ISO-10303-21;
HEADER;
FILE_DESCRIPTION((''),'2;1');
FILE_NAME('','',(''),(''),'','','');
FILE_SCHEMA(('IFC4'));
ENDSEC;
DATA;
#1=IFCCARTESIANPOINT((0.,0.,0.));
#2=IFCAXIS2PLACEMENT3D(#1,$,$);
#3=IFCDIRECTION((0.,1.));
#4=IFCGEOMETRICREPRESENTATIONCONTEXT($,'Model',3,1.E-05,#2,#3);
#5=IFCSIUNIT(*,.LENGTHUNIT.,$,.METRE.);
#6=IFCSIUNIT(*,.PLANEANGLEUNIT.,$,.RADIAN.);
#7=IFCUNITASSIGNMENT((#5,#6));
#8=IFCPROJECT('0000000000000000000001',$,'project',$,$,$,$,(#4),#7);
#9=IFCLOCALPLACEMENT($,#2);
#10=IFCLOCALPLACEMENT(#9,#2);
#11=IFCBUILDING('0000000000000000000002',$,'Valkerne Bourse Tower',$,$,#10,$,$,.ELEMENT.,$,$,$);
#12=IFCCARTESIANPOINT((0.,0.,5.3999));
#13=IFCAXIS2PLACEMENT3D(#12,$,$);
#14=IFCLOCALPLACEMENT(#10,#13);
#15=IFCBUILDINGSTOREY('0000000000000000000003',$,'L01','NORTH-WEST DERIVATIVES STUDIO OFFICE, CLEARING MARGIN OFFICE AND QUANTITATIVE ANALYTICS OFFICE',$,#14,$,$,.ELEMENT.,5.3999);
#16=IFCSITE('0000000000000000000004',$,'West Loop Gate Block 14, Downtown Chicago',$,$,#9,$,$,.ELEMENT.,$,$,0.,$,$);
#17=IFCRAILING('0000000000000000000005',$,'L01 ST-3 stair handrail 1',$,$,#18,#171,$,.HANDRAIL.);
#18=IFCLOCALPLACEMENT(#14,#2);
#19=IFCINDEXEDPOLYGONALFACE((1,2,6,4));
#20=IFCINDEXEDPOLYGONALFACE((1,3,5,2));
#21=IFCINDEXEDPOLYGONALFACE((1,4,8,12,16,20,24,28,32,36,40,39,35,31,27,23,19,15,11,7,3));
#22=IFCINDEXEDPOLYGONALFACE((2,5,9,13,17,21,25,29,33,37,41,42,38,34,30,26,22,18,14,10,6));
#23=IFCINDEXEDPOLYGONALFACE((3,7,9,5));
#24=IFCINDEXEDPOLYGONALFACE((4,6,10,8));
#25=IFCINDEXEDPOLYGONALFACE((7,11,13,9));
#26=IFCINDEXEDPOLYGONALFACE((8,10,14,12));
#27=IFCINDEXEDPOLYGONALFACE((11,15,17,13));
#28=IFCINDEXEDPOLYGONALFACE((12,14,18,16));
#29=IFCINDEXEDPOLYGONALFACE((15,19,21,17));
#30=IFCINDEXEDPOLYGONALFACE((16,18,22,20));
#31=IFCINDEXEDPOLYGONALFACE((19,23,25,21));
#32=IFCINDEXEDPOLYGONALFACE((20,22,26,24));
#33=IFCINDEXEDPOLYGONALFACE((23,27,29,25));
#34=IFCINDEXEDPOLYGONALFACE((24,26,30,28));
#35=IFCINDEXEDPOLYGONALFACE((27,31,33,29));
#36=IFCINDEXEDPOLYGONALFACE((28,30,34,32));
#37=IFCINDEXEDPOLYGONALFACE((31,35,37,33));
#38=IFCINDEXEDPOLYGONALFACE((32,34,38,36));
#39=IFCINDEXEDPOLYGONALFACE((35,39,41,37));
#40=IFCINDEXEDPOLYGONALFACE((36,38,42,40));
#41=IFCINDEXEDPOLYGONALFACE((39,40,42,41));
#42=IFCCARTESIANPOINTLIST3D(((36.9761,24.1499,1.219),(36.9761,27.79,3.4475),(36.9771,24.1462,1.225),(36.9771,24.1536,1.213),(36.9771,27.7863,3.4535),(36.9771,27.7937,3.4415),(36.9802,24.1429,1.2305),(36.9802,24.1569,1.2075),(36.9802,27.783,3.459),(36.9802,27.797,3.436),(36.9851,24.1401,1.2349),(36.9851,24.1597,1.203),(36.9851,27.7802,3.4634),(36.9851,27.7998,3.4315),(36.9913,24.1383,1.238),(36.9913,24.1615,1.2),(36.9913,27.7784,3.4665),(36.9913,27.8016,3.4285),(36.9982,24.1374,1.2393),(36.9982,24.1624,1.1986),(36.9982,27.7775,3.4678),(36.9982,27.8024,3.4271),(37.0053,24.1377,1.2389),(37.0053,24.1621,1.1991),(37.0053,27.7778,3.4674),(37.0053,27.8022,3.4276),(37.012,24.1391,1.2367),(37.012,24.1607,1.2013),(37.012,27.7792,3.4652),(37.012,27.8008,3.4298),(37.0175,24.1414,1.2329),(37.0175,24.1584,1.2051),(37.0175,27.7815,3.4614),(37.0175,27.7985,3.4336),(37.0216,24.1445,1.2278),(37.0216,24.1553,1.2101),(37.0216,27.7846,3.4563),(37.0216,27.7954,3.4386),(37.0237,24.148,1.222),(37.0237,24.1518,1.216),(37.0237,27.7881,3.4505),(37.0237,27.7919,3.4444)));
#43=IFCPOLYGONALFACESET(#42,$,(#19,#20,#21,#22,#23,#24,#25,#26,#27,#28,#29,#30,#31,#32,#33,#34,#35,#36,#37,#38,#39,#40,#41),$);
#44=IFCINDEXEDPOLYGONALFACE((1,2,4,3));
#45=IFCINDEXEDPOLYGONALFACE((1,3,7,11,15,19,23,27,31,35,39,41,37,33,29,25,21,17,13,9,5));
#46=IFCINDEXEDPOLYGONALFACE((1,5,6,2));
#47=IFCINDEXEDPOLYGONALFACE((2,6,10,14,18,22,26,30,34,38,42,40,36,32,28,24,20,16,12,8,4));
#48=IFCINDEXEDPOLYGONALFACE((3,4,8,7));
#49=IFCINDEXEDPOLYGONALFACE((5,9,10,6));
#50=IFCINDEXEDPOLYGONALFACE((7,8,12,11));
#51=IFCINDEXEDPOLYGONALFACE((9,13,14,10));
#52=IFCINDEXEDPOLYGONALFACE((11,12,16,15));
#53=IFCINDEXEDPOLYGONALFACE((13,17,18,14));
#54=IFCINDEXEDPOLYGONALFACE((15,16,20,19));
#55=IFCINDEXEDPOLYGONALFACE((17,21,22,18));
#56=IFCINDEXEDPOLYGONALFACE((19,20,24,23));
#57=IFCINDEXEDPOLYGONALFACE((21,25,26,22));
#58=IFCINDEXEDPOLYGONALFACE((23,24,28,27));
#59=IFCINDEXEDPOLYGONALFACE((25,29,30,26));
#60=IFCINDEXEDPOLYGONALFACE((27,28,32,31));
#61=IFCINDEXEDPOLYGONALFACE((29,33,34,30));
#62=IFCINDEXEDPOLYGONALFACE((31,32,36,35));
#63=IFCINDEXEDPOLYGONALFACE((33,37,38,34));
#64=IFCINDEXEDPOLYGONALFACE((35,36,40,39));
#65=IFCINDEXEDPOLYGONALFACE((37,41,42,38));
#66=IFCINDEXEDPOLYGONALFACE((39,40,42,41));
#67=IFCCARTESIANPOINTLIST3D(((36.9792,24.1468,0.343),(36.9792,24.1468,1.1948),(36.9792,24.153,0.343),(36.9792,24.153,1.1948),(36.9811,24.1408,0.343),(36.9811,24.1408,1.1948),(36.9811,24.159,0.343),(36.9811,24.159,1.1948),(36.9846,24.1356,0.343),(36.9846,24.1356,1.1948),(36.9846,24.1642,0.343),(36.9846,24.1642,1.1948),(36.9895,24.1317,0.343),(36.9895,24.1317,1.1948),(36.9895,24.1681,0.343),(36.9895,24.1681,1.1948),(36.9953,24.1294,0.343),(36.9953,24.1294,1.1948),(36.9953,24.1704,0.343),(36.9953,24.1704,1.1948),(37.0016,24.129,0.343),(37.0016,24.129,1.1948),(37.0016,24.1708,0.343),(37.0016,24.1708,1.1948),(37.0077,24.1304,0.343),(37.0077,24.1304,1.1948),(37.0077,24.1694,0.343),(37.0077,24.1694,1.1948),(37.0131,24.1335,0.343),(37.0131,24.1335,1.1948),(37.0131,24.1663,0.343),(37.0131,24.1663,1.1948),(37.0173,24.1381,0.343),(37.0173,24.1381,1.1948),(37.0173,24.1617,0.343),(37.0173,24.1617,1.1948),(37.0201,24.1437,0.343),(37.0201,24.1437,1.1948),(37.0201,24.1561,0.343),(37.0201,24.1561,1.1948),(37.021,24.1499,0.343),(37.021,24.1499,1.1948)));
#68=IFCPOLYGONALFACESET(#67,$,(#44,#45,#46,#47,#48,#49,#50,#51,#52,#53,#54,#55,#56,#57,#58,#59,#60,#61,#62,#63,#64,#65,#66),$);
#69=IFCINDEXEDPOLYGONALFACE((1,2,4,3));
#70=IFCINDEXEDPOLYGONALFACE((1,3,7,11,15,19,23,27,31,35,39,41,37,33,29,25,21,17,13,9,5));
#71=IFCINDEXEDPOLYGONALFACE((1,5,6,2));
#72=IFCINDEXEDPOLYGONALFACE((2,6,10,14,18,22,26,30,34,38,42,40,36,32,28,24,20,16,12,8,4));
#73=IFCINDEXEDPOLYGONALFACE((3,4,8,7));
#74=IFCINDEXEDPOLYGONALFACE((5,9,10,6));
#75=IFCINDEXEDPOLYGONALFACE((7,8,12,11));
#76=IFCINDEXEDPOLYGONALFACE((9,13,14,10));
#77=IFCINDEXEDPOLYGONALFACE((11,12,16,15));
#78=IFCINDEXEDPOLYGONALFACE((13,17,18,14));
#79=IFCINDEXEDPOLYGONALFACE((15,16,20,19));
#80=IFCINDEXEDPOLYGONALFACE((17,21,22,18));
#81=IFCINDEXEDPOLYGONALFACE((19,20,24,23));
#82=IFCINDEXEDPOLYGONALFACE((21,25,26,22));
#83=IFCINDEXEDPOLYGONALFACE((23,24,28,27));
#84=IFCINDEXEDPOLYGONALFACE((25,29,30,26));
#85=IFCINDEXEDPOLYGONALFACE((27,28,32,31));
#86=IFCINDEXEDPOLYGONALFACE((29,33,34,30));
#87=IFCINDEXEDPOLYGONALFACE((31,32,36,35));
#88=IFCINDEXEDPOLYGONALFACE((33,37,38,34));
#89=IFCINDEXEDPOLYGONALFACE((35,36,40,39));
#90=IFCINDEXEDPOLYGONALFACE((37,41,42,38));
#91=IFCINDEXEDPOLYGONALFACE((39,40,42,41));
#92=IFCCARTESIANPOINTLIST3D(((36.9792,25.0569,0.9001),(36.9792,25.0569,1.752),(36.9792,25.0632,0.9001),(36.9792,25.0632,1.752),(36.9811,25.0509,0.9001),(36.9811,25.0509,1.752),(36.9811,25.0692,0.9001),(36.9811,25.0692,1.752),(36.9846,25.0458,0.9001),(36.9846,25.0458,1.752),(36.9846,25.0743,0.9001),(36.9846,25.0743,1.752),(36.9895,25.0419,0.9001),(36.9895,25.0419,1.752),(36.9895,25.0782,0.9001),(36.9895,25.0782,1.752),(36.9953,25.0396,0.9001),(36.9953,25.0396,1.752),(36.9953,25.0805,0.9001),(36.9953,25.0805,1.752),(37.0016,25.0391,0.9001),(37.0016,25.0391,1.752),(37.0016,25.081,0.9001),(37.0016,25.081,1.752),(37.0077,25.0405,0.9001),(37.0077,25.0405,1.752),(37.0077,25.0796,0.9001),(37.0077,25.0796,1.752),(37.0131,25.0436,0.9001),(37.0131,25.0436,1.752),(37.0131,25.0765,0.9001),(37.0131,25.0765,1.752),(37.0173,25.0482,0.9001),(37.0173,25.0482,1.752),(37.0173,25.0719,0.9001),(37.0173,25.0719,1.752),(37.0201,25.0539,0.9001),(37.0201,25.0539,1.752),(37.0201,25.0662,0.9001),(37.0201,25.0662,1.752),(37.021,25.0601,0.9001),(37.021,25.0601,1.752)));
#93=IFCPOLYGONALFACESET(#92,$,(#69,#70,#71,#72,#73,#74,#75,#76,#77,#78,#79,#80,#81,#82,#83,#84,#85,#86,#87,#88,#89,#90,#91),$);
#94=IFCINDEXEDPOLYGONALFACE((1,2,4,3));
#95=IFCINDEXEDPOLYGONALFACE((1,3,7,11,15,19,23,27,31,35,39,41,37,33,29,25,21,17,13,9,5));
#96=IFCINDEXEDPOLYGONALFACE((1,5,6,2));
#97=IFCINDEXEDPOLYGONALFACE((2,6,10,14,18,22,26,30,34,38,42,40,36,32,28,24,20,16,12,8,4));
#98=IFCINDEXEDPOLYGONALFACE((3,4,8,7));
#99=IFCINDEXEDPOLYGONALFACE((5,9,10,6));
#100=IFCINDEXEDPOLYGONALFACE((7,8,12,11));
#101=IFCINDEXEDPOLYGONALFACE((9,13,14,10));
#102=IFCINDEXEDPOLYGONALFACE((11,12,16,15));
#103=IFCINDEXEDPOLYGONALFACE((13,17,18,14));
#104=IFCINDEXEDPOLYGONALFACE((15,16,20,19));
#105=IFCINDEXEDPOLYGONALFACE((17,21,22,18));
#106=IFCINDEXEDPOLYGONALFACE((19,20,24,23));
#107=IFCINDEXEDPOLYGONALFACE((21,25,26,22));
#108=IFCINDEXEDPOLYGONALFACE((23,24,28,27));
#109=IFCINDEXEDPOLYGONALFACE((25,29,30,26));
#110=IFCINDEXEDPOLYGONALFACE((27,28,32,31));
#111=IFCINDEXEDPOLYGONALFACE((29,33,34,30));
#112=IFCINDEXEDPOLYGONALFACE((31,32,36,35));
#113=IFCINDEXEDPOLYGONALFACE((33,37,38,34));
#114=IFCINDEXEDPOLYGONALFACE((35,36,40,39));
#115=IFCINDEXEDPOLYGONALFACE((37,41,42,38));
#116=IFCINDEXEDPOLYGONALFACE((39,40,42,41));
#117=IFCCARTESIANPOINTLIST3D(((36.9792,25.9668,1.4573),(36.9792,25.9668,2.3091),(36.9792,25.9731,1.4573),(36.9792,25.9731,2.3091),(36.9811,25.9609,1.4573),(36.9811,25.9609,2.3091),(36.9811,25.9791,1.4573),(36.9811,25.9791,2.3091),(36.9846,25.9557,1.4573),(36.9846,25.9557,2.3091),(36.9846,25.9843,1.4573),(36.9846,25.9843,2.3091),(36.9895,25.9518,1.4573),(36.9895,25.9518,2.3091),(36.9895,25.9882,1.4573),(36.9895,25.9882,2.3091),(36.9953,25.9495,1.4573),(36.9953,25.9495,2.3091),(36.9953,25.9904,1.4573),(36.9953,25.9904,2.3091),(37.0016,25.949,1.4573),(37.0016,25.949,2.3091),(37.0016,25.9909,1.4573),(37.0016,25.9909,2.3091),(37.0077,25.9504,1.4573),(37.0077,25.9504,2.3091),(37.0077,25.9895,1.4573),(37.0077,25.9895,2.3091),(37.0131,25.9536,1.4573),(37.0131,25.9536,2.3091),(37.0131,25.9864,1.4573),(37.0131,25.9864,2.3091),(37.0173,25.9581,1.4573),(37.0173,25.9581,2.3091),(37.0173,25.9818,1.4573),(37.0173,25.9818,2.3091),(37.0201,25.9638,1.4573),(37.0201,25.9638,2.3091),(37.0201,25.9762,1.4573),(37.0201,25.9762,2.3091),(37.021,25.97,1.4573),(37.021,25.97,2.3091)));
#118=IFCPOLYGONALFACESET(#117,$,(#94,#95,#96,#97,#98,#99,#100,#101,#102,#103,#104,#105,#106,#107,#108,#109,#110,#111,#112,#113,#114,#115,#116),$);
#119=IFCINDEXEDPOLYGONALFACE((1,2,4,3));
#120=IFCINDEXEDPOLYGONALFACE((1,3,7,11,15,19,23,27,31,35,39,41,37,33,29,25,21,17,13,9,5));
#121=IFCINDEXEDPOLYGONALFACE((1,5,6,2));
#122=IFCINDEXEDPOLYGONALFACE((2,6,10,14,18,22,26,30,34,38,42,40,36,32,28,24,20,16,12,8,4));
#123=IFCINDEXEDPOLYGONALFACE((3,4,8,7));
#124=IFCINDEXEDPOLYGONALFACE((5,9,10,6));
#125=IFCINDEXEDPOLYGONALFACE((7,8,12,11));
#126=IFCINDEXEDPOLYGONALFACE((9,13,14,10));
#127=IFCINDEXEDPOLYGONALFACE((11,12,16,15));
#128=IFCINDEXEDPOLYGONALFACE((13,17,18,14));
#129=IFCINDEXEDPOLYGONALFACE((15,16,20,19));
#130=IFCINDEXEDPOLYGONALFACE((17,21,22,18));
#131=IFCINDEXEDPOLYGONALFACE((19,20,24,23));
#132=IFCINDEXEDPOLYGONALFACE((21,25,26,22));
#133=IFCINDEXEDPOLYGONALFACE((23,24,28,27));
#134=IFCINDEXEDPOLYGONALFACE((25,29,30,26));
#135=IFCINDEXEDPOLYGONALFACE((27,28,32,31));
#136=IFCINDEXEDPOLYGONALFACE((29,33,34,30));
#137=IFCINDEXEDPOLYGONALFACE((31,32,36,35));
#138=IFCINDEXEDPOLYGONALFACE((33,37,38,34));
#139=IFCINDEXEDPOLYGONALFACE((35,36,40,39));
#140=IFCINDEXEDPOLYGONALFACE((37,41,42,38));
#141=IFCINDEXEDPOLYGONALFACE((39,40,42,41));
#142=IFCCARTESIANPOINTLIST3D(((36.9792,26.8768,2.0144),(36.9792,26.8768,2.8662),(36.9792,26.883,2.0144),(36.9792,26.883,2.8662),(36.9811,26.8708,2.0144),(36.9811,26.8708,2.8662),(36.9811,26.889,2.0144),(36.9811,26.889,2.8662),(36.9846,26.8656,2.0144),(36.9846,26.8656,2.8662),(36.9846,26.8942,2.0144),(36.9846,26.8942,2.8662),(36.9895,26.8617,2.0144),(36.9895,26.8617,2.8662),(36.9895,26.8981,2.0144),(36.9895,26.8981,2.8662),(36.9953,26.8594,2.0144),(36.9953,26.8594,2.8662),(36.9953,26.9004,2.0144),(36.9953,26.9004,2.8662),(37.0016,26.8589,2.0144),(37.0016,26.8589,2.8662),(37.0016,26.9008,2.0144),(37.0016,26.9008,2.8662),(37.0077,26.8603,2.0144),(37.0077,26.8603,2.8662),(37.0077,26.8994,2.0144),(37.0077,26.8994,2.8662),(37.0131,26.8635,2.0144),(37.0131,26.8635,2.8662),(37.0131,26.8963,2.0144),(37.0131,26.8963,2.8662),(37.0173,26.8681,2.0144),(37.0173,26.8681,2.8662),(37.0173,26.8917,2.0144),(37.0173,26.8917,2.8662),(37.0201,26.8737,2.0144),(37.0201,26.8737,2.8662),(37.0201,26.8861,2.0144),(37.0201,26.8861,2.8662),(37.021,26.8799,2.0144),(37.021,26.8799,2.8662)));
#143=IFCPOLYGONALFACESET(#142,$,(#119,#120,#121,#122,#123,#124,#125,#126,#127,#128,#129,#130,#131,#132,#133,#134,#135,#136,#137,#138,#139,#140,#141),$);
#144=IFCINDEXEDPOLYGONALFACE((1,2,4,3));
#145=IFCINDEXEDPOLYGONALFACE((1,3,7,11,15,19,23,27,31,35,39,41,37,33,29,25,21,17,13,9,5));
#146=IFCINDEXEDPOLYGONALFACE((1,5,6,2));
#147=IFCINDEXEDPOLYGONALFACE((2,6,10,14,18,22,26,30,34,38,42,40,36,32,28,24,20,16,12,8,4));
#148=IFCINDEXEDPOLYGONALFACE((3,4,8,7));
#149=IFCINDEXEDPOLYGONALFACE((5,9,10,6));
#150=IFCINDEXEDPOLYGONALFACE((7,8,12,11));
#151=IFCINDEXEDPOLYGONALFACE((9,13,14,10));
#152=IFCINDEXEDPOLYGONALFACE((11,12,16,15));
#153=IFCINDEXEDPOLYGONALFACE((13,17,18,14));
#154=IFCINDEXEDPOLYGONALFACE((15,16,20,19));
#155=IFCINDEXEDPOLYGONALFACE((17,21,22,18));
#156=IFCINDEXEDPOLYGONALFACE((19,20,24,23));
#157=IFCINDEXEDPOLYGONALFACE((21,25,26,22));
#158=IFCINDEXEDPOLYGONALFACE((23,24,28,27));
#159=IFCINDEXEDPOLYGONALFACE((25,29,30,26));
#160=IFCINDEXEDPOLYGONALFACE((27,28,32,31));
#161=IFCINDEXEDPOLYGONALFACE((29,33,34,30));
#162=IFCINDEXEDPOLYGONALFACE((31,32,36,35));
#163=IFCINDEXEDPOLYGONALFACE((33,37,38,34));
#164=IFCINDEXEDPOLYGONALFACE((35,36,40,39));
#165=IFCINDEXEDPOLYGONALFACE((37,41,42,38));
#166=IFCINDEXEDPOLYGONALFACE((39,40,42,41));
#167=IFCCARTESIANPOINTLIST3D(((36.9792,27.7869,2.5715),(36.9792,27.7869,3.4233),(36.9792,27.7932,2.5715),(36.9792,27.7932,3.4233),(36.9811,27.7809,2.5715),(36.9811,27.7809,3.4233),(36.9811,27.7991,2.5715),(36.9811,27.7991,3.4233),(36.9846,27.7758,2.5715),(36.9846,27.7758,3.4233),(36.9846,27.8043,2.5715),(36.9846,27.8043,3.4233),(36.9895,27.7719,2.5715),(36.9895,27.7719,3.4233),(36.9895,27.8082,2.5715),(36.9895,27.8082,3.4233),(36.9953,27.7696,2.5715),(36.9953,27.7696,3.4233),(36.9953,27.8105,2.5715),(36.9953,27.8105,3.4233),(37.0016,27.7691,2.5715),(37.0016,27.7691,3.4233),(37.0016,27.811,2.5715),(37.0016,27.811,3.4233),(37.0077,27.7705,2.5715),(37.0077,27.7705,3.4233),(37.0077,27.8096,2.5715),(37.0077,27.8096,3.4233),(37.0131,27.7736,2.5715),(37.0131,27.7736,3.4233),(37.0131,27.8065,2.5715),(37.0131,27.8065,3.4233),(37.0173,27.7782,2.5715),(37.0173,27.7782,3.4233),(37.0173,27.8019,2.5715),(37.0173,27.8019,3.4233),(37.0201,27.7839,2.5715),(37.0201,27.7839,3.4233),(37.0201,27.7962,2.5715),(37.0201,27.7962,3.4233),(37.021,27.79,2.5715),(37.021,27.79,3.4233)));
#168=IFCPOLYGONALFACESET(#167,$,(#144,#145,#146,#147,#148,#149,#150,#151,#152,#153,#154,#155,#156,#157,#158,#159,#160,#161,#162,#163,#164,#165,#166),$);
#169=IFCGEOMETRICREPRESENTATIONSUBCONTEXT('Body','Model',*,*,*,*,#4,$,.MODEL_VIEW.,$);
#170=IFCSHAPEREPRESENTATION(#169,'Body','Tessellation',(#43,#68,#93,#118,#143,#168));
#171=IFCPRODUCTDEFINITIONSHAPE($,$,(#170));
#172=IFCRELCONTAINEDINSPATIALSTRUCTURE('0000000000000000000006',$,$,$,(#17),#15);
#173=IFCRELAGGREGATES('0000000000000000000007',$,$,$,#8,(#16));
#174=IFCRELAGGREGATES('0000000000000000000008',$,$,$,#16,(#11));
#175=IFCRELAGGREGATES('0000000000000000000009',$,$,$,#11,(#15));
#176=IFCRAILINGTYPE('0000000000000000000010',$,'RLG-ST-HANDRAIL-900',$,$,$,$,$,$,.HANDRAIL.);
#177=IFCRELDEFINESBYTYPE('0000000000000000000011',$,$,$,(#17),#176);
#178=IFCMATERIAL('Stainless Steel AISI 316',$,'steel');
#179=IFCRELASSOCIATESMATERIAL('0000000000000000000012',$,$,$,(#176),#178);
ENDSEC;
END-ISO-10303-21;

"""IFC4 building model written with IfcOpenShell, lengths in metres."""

from ifc_helpers import new_model, si_unit, direction, frame, origin, origin_2d, place, context, subcontext, project, spatial, circle, extrude, material, type_object, element, save


model = new_model("IFC4")

# Units and contexts
model_context = context("Model", 3, precision=1e-05, world=origin(), true_north=direction((0.0, 1.0)))
body_context = subcontext(model_context, "Body", "Model", "MODEL_VIEW")
ifc_project = project(units=[si_unit("LENGTHUNIT", "METRE"), si_unit("PLANEANGLEUNIT", "RADIAN")], contexts=[model_context])

# Site, building, storey
site_placement = place(None, origin())
site = spatial("IfcSite", under=ifc_project, at=site_placement, Name="West Loop Gate Block 14, Downtown Chicago", CompositionType="ELEMENT", RefElevation=0.0)
building_placement = place(site_placement, origin())
building = spatial("IfcBuilding", under=site, at=building_placement, Name="Valkerne Bourse Tower", CompositionType="ELEMENT")
storey_placement = place(building_placement, frame((0.0, 0.0, 5.3999)))
storey = spatial("IfcBuildingStorey", under=building, at=storey_placement, Name="L01", Description="NORTH-WEST DERIVATIVES STUDIO OFFICE, CLEARING MARGIN OFFICE AND QUANTITATIVE ANALYTICS OFFICE", CompositionType="ELEMENT", Elevation=5.3999)

# Railing
ifc_material_1 = material(Name="Stainless Steel AISI 316", Category="steel")
railing_type_1 = type_object("IfcRailingType", Name="RLG-ST-HANDRAIL-900", PredefinedType="HANDRAIL", material=ifc_material_1)
railing_1_placement = place(storey_placement, frame((37.0, 24.1499, 0.343)))
element("IfcRailing", 1, at=railing_1_placement, inside=storey, type_object=railing_type_1, Name="L01 ST-3 stair handrail 1", PredefinedType="HANDRAIL", context=body_context, shape_type="SweptSolid", body=[
    extrude(circle(Radius=0.0239, at=origin_2d()), frame((0.0, 0.0, 0.876), z_axis=(0.0, 0.852866, 0.52213), x_axis=(-1.0, 0.0, 0.0)), (0.0, 0.0, 1.0), 4.2681),
    extrude(circle(Radius=0.021, at=origin_2d()), origin(), (0.0, 0.0, 1.0), 0.8518),
    extrude(circle(Radius=0.021, at=origin_2d()), frame((0.0, 0.9102, 0.5571)), (0.0, 0.0, 1.0), 0.8518),
    extrude(circle(Radius=0.021, at=origin_2d()), frame((0.0, 1.8201, 1.1143)), (0.0, 0.0, 1.0), 0.8518),
    extrude(circle(Radius=0.021, at=origin_2d()), frame((0.0, 2.73, 1.6714)), (0.0, 0.0, 1.0), 0.8518),
    extrude(circle(Radius=0.021, at=origin_2d()), frame((0.0, 3.6401, 2.2285)), (0.0, 0.0, 1.0), 0.8518),
])

save(model, "model.ifc")
